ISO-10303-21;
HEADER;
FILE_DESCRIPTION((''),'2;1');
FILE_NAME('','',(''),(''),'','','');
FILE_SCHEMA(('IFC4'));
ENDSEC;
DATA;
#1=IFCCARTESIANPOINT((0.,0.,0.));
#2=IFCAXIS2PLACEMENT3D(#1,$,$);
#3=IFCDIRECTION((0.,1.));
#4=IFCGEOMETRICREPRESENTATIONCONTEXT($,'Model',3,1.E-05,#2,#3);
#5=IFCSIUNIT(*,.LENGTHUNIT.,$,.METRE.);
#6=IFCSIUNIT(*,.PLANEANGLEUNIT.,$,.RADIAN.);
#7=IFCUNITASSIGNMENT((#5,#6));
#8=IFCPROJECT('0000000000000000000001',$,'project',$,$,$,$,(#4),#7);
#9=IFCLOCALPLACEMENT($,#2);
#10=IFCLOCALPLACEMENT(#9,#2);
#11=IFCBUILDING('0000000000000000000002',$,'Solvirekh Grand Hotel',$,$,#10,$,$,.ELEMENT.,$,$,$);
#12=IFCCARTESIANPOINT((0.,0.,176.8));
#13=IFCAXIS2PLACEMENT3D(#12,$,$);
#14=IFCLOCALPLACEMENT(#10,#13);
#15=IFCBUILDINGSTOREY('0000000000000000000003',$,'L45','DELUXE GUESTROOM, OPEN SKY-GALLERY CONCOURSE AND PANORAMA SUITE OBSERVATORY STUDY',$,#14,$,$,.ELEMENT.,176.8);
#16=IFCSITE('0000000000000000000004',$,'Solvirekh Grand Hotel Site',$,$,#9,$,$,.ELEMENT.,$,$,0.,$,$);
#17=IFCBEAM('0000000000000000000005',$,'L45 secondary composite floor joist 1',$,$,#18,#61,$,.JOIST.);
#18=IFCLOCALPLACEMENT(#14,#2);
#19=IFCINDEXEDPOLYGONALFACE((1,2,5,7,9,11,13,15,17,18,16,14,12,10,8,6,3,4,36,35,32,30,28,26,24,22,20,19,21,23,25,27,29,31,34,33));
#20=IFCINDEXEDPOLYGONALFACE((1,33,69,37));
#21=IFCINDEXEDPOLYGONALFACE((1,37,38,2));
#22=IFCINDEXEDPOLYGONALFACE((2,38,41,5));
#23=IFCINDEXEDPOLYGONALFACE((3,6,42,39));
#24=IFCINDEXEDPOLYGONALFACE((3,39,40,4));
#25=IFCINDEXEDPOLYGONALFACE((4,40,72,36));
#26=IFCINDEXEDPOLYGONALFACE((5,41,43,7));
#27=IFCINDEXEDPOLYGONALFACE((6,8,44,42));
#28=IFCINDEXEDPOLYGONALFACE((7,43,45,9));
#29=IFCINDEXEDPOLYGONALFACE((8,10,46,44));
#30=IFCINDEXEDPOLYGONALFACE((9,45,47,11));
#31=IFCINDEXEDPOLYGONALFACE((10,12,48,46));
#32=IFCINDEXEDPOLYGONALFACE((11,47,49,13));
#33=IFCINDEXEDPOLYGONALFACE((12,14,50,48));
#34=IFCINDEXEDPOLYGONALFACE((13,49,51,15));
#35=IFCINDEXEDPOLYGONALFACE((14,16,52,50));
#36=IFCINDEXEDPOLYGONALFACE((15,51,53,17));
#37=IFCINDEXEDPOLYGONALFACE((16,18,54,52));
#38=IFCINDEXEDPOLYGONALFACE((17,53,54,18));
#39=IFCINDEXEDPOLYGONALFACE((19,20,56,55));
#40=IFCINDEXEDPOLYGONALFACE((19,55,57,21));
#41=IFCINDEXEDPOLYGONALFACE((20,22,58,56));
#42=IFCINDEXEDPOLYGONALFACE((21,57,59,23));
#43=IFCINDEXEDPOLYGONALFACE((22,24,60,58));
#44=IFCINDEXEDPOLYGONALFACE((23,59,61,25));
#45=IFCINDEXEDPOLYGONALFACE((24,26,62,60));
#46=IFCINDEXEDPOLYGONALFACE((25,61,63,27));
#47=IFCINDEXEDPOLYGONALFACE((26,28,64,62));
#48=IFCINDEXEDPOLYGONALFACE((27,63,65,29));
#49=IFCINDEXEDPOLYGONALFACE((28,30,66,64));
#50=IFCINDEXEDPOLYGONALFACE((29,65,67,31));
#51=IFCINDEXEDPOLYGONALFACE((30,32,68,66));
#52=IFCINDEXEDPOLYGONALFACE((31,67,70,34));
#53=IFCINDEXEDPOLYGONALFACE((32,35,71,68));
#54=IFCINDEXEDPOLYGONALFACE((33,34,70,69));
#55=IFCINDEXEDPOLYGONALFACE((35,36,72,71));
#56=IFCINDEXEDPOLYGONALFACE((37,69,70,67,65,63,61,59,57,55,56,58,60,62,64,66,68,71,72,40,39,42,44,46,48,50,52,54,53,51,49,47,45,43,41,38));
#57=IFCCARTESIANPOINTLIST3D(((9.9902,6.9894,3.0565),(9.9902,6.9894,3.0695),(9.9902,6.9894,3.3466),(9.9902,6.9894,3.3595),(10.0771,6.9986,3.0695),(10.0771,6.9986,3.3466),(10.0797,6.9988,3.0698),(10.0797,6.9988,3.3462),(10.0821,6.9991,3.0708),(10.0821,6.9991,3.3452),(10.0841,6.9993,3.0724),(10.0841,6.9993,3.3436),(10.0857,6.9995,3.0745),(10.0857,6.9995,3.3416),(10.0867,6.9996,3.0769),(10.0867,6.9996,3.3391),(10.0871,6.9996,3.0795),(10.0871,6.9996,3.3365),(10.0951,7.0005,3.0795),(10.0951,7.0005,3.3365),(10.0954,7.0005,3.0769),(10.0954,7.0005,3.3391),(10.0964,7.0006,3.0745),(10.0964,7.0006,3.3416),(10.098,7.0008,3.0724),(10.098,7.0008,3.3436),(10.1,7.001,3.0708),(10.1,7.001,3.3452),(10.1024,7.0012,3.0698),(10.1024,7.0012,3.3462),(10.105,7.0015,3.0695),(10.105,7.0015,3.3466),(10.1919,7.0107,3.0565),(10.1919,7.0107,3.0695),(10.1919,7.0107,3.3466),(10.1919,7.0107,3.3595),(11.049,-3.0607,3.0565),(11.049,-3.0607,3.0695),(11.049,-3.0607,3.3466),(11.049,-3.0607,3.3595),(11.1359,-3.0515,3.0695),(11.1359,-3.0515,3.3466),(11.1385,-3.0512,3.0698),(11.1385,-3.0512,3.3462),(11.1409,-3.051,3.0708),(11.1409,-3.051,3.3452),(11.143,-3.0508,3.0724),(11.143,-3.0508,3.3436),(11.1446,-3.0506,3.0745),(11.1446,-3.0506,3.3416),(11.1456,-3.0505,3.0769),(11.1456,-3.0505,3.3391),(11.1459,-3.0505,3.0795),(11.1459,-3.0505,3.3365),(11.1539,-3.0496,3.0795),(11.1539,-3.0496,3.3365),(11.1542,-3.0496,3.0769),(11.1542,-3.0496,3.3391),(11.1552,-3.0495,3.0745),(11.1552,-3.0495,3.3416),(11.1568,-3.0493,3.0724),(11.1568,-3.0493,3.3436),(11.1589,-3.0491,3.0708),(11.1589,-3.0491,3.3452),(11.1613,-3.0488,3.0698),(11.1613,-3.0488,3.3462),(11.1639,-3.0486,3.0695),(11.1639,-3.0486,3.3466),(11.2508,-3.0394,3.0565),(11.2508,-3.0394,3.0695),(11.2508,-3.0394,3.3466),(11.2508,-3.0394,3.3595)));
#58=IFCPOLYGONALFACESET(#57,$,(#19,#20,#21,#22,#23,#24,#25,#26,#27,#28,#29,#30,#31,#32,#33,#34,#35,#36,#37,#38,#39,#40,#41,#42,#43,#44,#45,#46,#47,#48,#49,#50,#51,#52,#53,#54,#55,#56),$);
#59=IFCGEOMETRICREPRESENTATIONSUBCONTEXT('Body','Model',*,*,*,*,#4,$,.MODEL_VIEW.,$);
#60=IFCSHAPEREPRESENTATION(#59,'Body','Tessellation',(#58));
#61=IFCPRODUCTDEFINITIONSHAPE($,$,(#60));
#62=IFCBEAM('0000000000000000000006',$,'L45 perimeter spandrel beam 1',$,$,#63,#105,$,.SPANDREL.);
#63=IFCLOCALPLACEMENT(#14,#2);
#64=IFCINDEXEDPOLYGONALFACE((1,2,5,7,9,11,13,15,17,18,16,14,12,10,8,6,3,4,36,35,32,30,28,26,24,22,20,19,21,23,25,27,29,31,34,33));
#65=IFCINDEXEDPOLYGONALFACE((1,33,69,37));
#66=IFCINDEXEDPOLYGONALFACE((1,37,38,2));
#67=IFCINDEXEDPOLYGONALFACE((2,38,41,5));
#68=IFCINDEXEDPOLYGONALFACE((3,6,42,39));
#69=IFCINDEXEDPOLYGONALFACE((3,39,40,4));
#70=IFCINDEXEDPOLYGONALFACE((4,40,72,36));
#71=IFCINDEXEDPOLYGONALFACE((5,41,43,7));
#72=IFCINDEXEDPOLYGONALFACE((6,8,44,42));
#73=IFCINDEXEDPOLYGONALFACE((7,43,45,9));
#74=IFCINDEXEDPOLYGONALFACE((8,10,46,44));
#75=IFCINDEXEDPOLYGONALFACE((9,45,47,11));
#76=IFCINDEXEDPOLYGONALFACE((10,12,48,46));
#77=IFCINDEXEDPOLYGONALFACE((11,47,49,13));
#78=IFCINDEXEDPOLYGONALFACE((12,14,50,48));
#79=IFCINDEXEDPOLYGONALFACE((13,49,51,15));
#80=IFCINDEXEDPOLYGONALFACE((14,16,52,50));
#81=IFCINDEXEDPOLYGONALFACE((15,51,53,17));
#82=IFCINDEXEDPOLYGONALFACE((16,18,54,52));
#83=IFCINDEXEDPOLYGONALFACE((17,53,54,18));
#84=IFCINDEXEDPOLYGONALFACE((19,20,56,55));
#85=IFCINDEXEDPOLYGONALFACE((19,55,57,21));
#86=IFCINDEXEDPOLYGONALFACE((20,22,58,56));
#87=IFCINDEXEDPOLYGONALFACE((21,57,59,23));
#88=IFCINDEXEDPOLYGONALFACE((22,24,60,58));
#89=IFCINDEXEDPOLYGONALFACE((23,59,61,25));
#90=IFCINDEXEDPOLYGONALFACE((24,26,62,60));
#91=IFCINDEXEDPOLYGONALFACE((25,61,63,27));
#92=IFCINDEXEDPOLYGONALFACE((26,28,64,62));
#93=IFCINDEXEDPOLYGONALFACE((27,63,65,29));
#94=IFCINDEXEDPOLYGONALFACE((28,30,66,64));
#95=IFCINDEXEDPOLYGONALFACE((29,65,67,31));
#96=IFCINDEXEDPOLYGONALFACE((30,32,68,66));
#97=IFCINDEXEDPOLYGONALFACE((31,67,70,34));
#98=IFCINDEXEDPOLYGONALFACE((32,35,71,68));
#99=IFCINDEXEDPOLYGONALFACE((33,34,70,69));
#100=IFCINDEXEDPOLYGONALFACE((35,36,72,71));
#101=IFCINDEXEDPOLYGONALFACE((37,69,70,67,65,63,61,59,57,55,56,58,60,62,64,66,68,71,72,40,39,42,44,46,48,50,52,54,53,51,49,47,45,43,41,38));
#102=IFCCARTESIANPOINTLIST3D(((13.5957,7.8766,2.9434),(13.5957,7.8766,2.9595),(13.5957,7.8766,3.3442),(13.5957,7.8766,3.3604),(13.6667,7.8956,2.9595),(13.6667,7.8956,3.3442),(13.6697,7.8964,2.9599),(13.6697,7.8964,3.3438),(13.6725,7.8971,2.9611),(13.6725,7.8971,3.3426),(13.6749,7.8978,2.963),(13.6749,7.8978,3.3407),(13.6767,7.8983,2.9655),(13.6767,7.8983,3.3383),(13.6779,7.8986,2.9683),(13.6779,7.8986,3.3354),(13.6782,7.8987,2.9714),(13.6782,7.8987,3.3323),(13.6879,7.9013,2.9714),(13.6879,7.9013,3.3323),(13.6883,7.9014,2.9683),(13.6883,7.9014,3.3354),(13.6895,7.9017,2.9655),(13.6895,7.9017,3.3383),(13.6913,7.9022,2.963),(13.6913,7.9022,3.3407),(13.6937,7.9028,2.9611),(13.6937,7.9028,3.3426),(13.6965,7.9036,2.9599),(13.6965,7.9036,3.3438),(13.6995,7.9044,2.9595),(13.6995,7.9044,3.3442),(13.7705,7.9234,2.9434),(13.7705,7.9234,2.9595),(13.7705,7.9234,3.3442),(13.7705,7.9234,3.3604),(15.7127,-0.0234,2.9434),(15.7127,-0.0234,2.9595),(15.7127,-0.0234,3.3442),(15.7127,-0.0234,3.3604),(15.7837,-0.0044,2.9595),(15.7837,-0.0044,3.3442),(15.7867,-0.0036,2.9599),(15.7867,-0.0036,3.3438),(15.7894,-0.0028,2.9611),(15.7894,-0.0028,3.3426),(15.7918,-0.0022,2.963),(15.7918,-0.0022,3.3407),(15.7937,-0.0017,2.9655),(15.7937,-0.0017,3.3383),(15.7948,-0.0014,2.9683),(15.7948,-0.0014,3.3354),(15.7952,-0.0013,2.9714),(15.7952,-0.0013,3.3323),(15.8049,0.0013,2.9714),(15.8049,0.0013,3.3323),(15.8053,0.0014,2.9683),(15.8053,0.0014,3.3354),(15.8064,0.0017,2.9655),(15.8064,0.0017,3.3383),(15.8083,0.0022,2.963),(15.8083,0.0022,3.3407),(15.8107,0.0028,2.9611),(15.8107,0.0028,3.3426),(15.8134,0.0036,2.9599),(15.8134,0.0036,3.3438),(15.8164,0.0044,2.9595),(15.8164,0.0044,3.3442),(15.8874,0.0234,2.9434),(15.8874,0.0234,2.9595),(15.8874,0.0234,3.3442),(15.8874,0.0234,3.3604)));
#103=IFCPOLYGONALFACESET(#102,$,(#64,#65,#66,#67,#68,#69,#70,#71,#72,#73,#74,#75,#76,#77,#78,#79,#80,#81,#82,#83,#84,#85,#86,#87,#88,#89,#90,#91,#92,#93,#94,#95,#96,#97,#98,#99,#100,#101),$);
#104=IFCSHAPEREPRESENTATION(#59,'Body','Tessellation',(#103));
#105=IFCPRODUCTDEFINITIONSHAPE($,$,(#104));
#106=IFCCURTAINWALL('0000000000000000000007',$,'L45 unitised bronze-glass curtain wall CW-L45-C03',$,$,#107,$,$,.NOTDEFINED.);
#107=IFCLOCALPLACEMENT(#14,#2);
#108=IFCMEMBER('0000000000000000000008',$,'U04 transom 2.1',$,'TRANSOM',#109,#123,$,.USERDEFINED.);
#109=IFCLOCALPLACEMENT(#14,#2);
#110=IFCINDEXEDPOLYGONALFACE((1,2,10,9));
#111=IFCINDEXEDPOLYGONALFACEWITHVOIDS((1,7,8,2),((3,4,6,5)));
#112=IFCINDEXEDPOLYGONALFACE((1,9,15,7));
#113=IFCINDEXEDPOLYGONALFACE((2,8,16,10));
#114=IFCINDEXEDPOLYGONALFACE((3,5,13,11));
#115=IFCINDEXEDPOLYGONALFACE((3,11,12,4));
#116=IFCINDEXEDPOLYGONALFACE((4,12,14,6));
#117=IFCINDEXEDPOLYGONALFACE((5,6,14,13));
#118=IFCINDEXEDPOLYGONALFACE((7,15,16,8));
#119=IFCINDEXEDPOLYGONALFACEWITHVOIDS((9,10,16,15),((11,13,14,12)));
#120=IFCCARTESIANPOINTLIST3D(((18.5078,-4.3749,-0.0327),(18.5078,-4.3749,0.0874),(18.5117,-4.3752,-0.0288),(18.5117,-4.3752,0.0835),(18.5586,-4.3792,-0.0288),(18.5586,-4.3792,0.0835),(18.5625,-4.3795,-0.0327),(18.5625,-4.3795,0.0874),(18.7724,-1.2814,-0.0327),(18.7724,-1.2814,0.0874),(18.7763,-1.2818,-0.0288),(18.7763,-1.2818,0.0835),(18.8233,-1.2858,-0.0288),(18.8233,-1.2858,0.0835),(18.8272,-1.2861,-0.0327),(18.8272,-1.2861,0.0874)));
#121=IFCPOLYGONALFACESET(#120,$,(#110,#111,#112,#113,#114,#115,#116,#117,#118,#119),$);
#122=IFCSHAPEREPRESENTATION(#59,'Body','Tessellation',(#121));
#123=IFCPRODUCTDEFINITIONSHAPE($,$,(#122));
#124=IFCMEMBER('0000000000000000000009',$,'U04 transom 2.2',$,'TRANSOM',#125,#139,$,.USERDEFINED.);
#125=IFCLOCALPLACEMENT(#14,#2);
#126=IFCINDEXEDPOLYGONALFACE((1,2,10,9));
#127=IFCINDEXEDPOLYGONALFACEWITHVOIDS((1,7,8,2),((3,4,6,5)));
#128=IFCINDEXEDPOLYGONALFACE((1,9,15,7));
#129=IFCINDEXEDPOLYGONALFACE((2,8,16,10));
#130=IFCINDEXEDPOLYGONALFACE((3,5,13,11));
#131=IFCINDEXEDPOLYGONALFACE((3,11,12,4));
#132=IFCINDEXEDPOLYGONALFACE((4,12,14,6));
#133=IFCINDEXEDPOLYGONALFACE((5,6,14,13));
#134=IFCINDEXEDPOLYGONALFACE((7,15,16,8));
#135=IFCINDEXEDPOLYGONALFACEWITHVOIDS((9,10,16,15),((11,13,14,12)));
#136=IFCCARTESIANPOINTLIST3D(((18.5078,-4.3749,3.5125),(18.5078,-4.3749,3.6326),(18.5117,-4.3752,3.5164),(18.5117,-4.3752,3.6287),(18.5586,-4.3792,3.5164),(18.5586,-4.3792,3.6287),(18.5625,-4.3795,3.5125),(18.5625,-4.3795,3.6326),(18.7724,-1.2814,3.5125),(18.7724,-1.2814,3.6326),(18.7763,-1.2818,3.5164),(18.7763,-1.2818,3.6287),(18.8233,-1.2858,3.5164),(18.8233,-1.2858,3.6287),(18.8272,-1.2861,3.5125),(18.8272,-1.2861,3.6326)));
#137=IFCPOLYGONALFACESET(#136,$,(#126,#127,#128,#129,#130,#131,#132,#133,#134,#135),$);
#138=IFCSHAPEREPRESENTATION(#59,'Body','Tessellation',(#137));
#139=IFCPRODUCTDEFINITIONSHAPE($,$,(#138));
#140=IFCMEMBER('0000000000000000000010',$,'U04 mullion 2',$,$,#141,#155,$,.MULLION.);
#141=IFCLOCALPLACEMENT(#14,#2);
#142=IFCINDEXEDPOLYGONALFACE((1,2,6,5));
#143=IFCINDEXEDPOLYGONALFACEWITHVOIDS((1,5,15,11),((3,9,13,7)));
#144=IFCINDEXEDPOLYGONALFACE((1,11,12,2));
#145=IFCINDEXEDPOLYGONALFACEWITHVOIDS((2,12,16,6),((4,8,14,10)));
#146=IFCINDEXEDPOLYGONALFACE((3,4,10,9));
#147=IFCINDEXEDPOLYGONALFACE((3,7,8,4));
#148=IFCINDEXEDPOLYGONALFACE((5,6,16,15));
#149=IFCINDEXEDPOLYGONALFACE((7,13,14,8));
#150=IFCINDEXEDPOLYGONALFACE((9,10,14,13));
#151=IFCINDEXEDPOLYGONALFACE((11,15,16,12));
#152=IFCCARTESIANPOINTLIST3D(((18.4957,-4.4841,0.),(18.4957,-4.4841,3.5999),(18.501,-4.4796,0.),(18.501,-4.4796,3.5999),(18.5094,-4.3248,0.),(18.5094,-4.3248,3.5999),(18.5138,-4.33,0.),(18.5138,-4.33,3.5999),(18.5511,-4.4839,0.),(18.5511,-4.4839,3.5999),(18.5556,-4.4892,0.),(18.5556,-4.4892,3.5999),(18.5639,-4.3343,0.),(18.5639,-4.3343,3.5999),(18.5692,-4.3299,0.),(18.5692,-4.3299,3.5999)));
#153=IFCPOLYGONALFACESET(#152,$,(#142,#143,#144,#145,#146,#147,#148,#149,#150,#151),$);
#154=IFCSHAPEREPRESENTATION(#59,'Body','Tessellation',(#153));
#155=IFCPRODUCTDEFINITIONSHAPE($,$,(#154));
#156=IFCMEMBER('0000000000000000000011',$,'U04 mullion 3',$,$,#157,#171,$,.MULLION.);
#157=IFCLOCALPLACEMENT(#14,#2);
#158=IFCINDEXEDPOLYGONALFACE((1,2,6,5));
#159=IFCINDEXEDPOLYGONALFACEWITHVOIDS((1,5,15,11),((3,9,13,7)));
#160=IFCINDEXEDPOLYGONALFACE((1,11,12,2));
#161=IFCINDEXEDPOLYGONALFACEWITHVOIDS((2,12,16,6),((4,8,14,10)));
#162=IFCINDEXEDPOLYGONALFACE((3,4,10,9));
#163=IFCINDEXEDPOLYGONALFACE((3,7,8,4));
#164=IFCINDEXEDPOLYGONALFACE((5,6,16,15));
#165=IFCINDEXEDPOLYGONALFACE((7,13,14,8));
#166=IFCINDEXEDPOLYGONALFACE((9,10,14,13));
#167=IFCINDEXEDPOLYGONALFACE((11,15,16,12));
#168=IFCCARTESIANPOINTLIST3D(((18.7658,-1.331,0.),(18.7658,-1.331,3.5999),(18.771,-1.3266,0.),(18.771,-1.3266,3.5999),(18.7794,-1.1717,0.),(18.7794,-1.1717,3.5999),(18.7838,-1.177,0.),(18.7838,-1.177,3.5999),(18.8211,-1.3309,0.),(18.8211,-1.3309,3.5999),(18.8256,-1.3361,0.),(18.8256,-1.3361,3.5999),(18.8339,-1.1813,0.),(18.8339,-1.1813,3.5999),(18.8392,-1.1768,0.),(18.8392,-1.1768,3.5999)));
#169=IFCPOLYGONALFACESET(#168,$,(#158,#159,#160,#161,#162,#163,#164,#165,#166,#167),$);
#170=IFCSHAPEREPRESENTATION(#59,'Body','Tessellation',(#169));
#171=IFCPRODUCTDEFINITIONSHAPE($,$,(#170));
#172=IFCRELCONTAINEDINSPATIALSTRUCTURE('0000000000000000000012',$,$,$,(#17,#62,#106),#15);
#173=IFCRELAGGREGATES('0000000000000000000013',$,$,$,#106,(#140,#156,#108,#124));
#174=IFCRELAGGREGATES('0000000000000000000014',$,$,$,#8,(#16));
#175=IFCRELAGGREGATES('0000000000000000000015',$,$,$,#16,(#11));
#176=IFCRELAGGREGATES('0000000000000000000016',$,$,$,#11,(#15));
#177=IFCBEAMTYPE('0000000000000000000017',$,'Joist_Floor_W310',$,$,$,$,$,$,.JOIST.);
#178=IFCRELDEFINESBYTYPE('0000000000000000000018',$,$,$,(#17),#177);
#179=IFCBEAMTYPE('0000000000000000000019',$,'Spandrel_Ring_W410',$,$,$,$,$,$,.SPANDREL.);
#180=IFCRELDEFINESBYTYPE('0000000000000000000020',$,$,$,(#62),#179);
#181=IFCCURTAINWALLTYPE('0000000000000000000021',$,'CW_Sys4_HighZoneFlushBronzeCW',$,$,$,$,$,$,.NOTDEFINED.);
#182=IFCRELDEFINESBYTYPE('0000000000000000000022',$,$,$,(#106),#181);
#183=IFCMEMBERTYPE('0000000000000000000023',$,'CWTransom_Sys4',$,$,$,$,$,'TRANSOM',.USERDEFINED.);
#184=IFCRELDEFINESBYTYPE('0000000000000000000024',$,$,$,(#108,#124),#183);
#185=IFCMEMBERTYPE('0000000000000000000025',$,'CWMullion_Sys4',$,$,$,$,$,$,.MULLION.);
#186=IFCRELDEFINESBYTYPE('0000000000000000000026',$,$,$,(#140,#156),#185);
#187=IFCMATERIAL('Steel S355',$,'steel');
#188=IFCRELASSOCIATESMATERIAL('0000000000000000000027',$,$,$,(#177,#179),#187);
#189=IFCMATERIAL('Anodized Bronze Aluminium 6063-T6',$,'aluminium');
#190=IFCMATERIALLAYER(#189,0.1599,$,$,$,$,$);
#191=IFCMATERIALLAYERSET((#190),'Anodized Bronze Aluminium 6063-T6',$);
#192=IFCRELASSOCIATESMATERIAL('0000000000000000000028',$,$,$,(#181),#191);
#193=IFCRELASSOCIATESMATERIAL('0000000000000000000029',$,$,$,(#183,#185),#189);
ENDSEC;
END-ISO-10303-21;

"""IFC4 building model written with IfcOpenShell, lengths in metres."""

from ifc_helpers import new_model, si_unit, direction, frame, origin, origin_2d, place, context, subcontext, project, spatial, hollow_rectangle, i_section, extrude, source, transform, mapped, material, layer, layer_set, material_profile, profile_set, type_object, element, aggregate, save


model = new_model("IFC4")

# Units and contexts
model_context = context("Model", 3, precision=1e-05, world=origin(), true_north=direction((0.0, 1.0)))
body_context = subcontext(model_context, "Body", "Model", "MODEL_VIEW")
ifc_project = project(units=[si_unit("LENGTHUNIT", "METRE"), si_unit("PLANEANGLEUNIT", "RADIAN")], contexts=[model_context])

# Site, building, storey
site_placement = place(None, origin())
site = spatial("IfcSite", under=ifc_project, at=site_placement, Name="Solvirekh Grand Hotel Site", CompositionType="ELEMENT", RefElevation=0.0)
building_placement = place(site_placement, origin())
building = spatial("IfcBuilding", under=site, at=building_placement, Name="Solvirekh Grand Hotel", CompositionType="ELEMENT")
storey_placement = place(building_placement, frame((0.0, 0.0, 176.8)))
storey = spatial("IfcBuildingStorey", under=building, at=storey_placement, Name="L45", Description="DELUXE GUESTROOM, OPEN SKY-GALLERY CONCOURSE AND PANORAMA SUITE OBSERVATORY STUDY", CompositionType="ELEMENT", Elevation=176.8)

# Beams
ifc_material_1 = material(Name="Steel S355", Category="steel")
ifc_material_profile_1 = material_profile(ifc_material_1, i_section(OverallWidth=0.2029, OverallDepth=0.303, WebThickness=0.0081, FlangeThickness=0.0129, FilletRadius=0.01, at=origin_2d()), Name="W310X60")
ifc_profile_set_1 = profile_set([ifc_material_profile_1], Name="Steel S355")
beam_type_1 = type_object("IfcBeamType", Name="Joist_Floor_W310", PredefinedType="JOIST", material=ifc_profile_set_1)
beam_1_placement = place(storey_placement, frame((11.1499, -3.05, 3.208), z_axis=(-0.104777, 0.994496, 0.0), x_axis=(-0.994496, -0.104777, 0.0)))
element("IfcBeam", 1, at=beam_1_placement, inside=storey, type_object=beam_type_1, Name="L45 secondary composite floor joist 1", PredefinedType="JOIST", context=body_context, shape_type="SweptSolid", body=[
    extrude(i_section(OverallWidth=0.2029, OverallDepth=0.303, WebThickness=0.0081, FlangeThickness=0.0129, FilletRadius=0.01, at=origin_2d()), origin(), (0.0, 0.0, 1.0), 10.1057),
])
ifc_material_profile_2 = material_profile(ifc_material_1, i_section(OverallWidth=0.1809, OverallDepth=0.417, WebThickness=0.01, FlangeThickness=0.0161, FilletRadius=0.012, at=origin_2d()), Name="W410X85")
ifc_profile_set_2 = profile_set([ifc_material_profile_2], Name="Steel S355")
beam_type_2 = type_object("IfcBeamType", Name="Spandrel_Ring_W410", PredefinedType="SPANDREL", material=ifc_profile_set_2)
beam_2_placement = place(storey_placement, frame((15.8, 0.0, 3.1519), z_axis=(-0.258839, 0.965921, 0.0), x_axis=(-0.965921, -0.258839, 0.0)))
element("IfcBeam", 2, at=beam_2_placement, inside=storey, type_object=beam_type_2, Name="L45 perimeter spandrel beam 1", PredefinedType="SPANDREL", context=body_context, shape_type="SweptSolid", body=[
    extrude(i_section(OverallWidth=0.1809, OverallDepth=0.417, WebThickness=0.01, FlangeThickness=0.0161, FilletRadius=0.012, at=origin_2d()), origin(), (0.0, 0.0, 1.0), 8.1787),
])

# Curtain wall, members
ifc_material_2 = material(Name="Anodized Bronze Aluminium 6063-T6", Category="aluminium")
ifc_layer_1 = layer(ifc_material_2, 0.1599)
ifc_layer_set_1 = layer_set([ifc_layer_1], Name="Anodized Bronze Aluminium 6063-T6")
curtain_wall_type = type_object("IfcCurtainWallType", Name="CW_Sys4_HighZoneFlushBronzeCW", PredefinedType="NOTDEFINED", material=ifc_layer_set_1)
curtain_wall_placement = place(storey_placement, origin())
curtain_wall = element("IfcCurtainWall", 3, at=curtain_wall_placement, inside=storey, type_object=curtain_wall_type, Name="L45 unitised bronze-glass curtain wall CW-L45-C03", PredefinedType="NOTDEFINED")
ifc_material_profile_3 = material_profile(ifc_material_2, hollow_rectangle(XDim=0.0549, YDim=0.1201, WallThickness=0.0039, at=origin_2d()), Name="ALU RHS 120X55X4")
ifc_profile_set_3 = profile_set([ifc_material_profile_3], Name="Anodized Bronze Aluminium 6063-T6")
member_type_1 = type_object("IfcMemberType", Name="CWTransom_Sys4", ElementType="TRANSOM", PredefinedType="USERDEFINED", material=ifc_profile_set_3)
shared_shape_1 = source(origin(), body_context, "Body", "SweptSolid", [
    extrude(hollow_rectangle(XDim=0.0549, YDim=0.1201, WallThickness=0.0039, at=origin_2d()), origin(), (0.0, 0.0, 1.0), 3.1047),
])
member_1_placement = place(storey_placement, frame((18.5352, -4.3772, 0.0273), z_axis=(0.085238, 0.996361, 0.0), x_axis=(-0.996361, 0.085238, 0.0)))
member_1 = element("IfcMember", 4, at=member_1_placement, type_object=member_type_1, Name="U04 transom 2.1", ObjectType="TRANSOM", PredefinedType="USERDEFINED", context=body_context, shape_type="MappedRepresentation", body=[
    mapped(shared_shape_1, transform((0.0, 0.0, 0.0), x_axis=(1.0, 0.0, 0.0), y_axis=(0.0, 1.0, 0.0), z_axis=(0.0, 0.0, 1.0), scale=1.0)),
])
member_2_placement = place(storey_placement, frame((18.5352, -4.3772, 3.5725), z_axis=(0.085238, 0.996361, 0.0), x_axis=(-0.996361, 0.085238, 0.0)))
member_2 = element("IfcMember", 5, at=member_2_placement, type_object=member_type_1, Name="U04 transom 2.2", ObjectType="TRANSOM", PredefinedType="USERDEFINED", context=body_context, shape_type="MappedRepresentation", body=[
    mapped(shared_shape_1, transform((0.0, 0.0, 0.0), x_axis=(1.0, 0.0, 0.0), y_axis=(0.0, 1.0, 0.0), z_axis=(0.0, 0.0, 1.0), scale=1.0)),
])
ifc_material_profile_4 = material_profile(ifc_material_2, hollow_rectangle(XDim=0.0601, YDim=0.1599, WallThickness=0.0049, at=origin_2d()), Name="ALU RHS 160X60X5")
ifc_profile_set_4 = profile_set([ifc_material_profile_4], Name="Anodized Bronze Aluminium 6063-T6")
member_type_2 = type_object("IfcMemberType", Name="CWMullion_Sys4", PredefinedType="MULLION", material=ifc_profile_set_4)
shared_shape_2 = source(origin(), body_context, "Body", "SweptSolid", [
    extrude(hollow_rectangle(XDim=0.0601, YDim=0.1599, WallThickness=0.0049, at=origin_2d()), origin(), (0.0, 0.0, 1.0), 3.5999),
])
member_3_placement = place(storey_placement, frame((18.5325, -4.407, 0.0), z_axis=(0.0, 0.0, 1.0), x_axis=(-0.996355, 0.085299, 0.0)))
member_3 = element("IfcMember", 6, at=member_3_placement, type_object=member_type_2, Name="U04 mullion 2", PredefinedType="MULLION", context=body_context, shape_type="MappedRepresentation", body=[
    mapped(shared_shape_2, transform((0.0, 0.0, 0.0), x_axis=(1.0, 0.0, 0.0), y_axis=(0.0, 1.0, 0.0), z_axis=(0.0, 0.0, 1.0), scale=1.0)),
])
member_4_placement = place(storey_placement, frame((18.8025, -1.2539, 0.0), z_axis=(0.0, 0.0, 1.0), x_axis=(-0.996355, 0.085299, 0.0)))
member_4 = element("IfcMember", 7, at=member_4_placement, type_object=member_type_2, Name="U04 mullion 3", PredefinedType="MULLION", context=body_context, shape_type="MappedRepresentation", body=[
    mapped(shared_shape_2, transform((0.0, 0.0, 0.0), x_axis=(1.0, 0.0, 0.0), y_axis=(0.0, 1.0, 0.0), z_axis=(0.0, 0.0, 1.0), scale=1.0)),
])
aggregate(curtain_wall, [member_3, member_4, member_1, member_2])

save(model, "model.ifc")
